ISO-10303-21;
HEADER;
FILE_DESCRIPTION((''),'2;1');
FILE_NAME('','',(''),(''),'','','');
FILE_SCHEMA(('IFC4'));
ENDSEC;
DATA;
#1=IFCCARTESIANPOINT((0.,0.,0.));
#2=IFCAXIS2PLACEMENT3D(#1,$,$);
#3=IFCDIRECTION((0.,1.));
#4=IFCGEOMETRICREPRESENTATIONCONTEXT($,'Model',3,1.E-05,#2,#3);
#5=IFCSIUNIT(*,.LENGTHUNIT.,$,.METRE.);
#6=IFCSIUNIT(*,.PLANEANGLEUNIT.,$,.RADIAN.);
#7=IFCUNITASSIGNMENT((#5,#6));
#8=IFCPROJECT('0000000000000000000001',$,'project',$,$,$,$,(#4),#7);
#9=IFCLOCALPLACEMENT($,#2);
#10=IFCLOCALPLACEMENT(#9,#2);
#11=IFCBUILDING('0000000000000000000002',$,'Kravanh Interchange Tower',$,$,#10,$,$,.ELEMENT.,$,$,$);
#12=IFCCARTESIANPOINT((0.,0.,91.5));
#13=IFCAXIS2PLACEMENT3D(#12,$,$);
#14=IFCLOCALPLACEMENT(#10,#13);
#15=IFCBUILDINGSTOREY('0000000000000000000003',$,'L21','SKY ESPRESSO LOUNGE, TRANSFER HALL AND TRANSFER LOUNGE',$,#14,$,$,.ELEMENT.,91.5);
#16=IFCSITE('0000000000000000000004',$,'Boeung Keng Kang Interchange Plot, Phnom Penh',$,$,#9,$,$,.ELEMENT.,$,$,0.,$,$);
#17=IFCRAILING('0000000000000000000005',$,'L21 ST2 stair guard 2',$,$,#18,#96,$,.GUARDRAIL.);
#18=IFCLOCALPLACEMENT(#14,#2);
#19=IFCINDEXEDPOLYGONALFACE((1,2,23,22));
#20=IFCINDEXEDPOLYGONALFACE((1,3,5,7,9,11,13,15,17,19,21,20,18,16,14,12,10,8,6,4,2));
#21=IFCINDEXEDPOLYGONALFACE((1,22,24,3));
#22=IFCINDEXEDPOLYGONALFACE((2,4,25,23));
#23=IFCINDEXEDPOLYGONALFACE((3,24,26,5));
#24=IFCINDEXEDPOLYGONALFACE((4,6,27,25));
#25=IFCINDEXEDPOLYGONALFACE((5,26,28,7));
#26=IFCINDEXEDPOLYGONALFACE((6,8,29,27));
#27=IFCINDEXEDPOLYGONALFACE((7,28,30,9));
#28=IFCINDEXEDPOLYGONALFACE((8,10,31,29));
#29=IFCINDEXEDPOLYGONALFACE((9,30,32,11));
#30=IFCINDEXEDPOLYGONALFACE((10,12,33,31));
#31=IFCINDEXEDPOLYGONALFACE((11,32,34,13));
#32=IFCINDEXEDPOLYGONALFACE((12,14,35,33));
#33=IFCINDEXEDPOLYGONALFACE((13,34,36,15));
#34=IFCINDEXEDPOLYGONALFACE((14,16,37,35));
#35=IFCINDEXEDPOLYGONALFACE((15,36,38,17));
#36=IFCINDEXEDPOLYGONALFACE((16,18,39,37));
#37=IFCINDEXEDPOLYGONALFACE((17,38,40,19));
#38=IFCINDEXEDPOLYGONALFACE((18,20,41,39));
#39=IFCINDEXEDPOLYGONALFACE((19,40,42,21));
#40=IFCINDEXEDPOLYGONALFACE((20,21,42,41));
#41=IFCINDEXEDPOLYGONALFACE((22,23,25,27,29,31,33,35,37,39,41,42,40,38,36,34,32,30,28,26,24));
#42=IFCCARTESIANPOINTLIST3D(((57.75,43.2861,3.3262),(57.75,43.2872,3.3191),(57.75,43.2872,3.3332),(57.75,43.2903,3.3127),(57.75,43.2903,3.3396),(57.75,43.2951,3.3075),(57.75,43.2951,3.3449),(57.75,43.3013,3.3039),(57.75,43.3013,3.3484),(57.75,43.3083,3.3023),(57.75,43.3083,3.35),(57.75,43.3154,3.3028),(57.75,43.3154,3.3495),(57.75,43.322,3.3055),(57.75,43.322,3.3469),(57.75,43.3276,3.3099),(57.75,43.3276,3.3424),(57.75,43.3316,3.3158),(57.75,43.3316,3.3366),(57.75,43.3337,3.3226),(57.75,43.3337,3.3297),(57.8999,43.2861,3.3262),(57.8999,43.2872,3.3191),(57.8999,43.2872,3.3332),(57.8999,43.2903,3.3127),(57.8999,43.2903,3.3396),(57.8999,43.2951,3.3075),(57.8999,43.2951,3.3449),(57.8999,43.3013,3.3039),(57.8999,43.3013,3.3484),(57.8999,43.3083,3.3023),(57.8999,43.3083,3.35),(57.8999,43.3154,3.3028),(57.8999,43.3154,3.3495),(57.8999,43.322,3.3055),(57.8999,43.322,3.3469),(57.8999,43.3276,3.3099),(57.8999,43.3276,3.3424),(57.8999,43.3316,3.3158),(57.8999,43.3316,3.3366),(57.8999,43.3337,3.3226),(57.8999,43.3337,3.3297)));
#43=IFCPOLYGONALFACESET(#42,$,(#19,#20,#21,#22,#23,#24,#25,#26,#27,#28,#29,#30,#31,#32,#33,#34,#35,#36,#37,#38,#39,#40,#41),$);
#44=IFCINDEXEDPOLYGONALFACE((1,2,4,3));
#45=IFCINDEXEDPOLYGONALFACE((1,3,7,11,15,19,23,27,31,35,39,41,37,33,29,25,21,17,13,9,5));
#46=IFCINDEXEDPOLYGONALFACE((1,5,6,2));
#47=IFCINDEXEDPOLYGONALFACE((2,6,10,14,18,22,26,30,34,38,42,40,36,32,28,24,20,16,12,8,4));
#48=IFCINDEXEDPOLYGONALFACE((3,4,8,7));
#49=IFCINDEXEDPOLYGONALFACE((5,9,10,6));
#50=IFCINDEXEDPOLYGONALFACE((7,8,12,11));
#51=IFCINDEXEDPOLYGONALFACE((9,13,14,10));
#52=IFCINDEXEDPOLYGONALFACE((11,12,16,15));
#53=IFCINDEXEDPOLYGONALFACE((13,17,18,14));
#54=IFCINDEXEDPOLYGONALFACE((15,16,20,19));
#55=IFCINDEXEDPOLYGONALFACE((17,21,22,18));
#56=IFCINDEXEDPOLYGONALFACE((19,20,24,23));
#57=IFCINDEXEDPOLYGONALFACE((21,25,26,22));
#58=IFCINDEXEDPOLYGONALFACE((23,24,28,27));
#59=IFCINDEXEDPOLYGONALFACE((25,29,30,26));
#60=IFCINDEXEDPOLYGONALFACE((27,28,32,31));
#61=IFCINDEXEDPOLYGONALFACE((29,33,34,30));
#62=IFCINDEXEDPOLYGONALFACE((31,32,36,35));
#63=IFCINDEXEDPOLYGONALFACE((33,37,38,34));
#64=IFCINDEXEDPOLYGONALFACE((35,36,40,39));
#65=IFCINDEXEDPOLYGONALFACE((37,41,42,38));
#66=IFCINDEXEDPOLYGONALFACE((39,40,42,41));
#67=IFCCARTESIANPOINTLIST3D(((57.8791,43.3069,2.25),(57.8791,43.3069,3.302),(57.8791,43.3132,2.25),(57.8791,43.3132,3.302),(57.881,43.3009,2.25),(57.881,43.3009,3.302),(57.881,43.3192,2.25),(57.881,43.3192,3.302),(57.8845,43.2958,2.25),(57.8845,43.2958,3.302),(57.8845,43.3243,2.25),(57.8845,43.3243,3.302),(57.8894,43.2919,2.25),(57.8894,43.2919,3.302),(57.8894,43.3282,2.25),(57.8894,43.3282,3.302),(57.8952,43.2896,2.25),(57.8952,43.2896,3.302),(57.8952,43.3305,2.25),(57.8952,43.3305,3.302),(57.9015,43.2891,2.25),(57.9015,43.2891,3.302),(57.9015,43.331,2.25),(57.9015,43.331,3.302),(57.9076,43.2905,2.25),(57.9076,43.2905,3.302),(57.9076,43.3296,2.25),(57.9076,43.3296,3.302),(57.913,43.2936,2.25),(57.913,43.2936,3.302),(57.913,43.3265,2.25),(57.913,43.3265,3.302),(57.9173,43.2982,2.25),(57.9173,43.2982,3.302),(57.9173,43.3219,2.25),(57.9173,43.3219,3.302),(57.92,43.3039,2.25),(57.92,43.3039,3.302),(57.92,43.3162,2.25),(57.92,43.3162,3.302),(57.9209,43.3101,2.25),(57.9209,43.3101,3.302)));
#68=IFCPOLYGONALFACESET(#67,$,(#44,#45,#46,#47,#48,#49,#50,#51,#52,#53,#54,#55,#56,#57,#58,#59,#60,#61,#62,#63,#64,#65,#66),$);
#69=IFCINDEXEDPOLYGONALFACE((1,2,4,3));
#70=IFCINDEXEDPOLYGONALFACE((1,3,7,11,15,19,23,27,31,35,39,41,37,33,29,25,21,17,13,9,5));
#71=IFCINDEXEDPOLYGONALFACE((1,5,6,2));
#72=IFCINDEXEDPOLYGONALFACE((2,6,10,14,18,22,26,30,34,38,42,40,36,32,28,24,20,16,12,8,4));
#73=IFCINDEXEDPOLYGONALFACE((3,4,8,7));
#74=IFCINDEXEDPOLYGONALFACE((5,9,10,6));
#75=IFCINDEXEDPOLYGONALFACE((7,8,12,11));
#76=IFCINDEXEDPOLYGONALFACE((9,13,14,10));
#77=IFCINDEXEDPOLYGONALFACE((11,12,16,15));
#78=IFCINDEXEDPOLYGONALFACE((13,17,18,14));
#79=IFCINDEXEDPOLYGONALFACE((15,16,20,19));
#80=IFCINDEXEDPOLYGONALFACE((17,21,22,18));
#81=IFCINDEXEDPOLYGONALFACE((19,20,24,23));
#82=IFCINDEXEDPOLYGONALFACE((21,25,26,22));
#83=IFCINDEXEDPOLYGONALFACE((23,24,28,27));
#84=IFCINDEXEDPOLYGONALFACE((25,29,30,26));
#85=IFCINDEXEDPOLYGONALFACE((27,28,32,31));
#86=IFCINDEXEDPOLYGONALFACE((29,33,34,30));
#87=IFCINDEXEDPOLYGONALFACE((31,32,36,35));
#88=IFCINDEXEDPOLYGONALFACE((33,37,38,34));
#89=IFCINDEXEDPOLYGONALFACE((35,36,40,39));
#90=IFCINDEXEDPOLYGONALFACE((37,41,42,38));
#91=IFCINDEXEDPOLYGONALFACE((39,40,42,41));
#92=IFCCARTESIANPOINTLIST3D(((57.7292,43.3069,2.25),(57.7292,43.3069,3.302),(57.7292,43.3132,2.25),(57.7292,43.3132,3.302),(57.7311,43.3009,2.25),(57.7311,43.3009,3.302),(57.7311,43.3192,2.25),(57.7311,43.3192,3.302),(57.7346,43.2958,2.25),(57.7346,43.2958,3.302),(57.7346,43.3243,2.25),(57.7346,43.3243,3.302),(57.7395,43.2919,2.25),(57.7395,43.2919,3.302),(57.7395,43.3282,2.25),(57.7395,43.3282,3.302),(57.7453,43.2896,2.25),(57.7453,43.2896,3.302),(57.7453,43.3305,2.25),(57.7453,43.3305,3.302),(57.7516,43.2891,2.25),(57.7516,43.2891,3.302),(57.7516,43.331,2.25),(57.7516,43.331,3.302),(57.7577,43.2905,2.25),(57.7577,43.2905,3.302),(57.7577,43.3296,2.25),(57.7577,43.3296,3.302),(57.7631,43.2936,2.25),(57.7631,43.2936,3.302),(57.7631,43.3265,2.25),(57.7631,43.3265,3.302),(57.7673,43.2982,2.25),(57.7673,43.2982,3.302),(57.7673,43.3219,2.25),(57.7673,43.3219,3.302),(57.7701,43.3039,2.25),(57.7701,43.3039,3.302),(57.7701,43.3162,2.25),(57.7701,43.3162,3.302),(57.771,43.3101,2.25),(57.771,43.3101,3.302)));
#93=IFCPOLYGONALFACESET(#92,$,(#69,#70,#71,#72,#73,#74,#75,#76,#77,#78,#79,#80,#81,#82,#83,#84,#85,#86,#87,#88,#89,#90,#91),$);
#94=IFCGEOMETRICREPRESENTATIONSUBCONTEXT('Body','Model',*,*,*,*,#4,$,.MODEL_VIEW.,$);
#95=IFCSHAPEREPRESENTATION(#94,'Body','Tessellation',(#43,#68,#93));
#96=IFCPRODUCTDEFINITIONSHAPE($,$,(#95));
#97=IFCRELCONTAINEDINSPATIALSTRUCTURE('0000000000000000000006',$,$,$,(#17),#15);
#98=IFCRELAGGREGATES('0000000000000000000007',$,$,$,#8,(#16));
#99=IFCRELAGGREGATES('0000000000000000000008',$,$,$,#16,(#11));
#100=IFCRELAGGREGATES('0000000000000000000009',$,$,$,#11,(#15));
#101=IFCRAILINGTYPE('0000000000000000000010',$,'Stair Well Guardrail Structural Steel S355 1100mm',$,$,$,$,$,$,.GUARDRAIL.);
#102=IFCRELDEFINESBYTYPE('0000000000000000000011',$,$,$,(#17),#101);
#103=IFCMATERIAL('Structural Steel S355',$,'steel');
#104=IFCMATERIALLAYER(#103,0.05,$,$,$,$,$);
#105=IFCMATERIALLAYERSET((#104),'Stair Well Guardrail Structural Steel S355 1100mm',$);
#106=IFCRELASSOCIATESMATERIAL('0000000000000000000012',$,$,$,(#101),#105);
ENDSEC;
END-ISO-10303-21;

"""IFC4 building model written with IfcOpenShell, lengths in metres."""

from ifc_helpers import new_model, si_unit, direction, frame, origin, origin_2d, place, context, subcontext, project, spatial, circle, extrude, material, layer, layer_set, type_object, element, save


model = new_model("IFC4")

# Units and contexts
model_context = context("Model", 3, precision=1e-05, world=origin(), true_north=direction((0.0, 1.0)))
body_context = subcontext(model_context, "Body", "Model", "MODEL_VIEW")
ifc_project = project(units=[si_unit("LENGTHUNIT", "METRE"), si_unit("PLANEANGLEUNIT", "RADIAN")], contexts=[model_context])

# Site, building, storey
site_placement = place(None, origin())
site = spatial("IfcSite", under=ifc_project, at=site_placement, Name="Boeung Keng Kang Interchange Plot, Phnom Penh", CompositionType="ELEMENT", RefElevation=0.0)
building_placement = place(site_placement, origin())
building = spatial("IfcBuilding", under=site, at=building_placement, Name="Kravanh Interchange Tower", CompositionType="ELEMENT")
storey_placement = place(building_placement, frame((0.0, 0.0, 91.5)))
storey = spatial("IfcBuildingStorey", under=building, at=storey_placement, Name="L21", Description="SKY ESPRESSO LOUNGE, TRANSFER HALL AND TRANSFER LOUNGE", CompositionType="ELEMENT", Elevation=91.5)

# Railing
ifc_material_1 = material(Name="Structural Steel S355", Category="steel")
ifc_layer_1 = layer(ifc_material_1, 0.05)
ifc_layer_set_1 = layer_set([ifc_layer_1], Name="Stair Well Guardrail Structural Steel S355 1100mm")
railing_type_1 = type_object("IfcRailingType", Name="Stair Well Guardrail Structural Steel S355 1100mm", PredefinedType="GUARDRAIL", material=ifc_layer_set_1)
railing_1_placement = place(storey_placement, frame((57.8999, 43.3101, 2.25)))
element("IfcRailing", 1, at=railing_1_placement, inside=storey, type_object=railing_type_1, Name="L21 ST2 stair guard 2", PredefinedType="GUARDRAIL", context=body_context, shape_type="SweptSolid", body=[
    extrude(circle(Radius=0.0239, at=origin_2d()), frame((0.0, 0.0, 1.0762), z_axis=(-1.0, 0.0, 0.0), x_axis=(0.0, -1.0, 0.0)), (0.0, 0.0, 1.0), 0.1499),
    extrude(circle(Radius=0.021, at=origin_2d()), origin(), (0.0, 0.0, 1.0), 1.052),
    extrude(circle(Radius=0.021, at=origin_2d()), frame((-0.1499, 0.0, 0.0)), (0.0, 0.0, 1.0), 1.052),
])

save(model, "model.ifc")
